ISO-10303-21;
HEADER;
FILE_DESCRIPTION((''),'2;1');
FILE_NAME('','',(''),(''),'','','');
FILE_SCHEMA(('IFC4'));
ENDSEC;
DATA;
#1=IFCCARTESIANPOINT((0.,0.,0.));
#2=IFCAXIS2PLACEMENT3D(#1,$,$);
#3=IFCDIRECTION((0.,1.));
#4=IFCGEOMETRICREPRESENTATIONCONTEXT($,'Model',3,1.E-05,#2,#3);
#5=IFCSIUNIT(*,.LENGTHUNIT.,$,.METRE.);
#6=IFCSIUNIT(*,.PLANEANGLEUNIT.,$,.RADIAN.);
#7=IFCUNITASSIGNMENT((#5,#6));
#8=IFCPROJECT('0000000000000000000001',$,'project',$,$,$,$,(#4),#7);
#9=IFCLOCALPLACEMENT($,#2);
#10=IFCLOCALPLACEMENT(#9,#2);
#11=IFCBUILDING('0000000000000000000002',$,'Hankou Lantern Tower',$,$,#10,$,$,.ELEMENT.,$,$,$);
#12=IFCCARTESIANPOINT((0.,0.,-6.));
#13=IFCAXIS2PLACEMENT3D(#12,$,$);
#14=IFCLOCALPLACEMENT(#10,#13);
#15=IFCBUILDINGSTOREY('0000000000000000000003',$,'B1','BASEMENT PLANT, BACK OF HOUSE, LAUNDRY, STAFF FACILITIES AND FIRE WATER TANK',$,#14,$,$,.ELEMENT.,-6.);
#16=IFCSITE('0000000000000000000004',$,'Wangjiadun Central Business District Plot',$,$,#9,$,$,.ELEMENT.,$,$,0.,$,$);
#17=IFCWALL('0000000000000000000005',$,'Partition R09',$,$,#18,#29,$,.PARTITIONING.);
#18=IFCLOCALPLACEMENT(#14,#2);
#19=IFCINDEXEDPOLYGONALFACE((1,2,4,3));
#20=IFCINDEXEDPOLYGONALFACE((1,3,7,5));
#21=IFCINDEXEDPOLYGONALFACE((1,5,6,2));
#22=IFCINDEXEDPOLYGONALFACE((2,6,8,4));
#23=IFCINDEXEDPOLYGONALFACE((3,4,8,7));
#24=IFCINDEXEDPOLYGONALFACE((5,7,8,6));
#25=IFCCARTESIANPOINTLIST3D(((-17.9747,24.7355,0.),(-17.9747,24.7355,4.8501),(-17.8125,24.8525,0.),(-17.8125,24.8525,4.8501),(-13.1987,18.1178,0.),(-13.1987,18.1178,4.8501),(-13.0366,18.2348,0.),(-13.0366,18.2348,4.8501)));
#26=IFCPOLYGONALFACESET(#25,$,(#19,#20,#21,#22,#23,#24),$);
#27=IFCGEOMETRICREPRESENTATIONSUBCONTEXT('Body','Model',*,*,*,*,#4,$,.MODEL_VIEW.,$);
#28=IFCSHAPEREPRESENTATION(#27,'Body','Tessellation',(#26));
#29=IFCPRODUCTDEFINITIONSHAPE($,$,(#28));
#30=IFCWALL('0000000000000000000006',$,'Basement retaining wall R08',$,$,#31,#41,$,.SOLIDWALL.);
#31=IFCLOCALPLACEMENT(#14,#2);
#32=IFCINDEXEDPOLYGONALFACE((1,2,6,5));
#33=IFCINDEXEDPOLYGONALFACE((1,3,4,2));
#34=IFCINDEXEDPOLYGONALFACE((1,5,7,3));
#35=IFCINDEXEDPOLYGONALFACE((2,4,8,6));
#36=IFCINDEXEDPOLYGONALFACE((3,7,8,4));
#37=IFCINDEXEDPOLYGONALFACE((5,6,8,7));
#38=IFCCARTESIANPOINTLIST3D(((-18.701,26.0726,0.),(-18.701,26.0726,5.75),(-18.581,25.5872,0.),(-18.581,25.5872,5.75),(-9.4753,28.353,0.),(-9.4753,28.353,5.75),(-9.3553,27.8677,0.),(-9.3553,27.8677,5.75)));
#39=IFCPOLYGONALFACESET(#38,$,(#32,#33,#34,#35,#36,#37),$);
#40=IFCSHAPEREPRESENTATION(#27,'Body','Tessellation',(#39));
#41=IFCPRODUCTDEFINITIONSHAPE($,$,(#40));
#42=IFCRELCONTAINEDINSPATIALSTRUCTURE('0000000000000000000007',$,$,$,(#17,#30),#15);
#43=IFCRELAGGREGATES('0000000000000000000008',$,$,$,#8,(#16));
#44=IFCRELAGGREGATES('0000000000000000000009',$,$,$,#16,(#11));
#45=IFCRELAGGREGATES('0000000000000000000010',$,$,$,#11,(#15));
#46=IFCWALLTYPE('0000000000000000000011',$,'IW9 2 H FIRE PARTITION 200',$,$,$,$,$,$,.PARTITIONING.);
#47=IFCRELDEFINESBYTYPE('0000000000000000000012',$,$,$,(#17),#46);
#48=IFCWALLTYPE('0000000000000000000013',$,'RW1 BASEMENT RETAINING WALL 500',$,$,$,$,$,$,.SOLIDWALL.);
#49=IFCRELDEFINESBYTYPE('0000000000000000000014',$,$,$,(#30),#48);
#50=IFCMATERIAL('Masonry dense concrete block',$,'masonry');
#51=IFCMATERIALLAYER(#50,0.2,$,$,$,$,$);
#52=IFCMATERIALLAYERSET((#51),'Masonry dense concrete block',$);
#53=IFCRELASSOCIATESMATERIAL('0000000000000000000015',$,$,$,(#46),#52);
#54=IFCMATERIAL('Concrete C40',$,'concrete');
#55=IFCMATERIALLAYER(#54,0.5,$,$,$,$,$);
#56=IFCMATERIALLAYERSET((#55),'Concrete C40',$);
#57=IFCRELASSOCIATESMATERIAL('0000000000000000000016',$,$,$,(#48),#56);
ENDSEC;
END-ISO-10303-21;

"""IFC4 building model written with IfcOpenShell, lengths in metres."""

from ifc_helpers import new_model, si_unit, direction, frame, frame_2d, origin, place, context, subcontext, project, spatial, rectangle, extrude, material, layer, layer_set, type_object, element, save


model = new_model("IFC4")

# Units and contexts
model_context = context("Model", 3, precision=1e-05, world=origin(), true_north=direction((0.0, 1.0)))
body_context = subcontext(model_context, "Body", "Model", "MODEL_VIEW")
ifc_project = project(units=[si_unit("LENGTHUNIT", "METRE"), si_unit("PLANEANGLEUNIT", "RADIAN")], contexts=[model_context])

# Site, building, storey
site_placement = place(None, origin())
site = spatial("IfcSite", under=ifc_project, at=site_placement, Name="Wangjiadun Central Business District Plot", CompositionType="ELEMENT", RefElevation=0.0)
building_placement = place(site_placement, origin())
building = spatial("IfcBuilding", under=site, at=building_placement, Name="Hankou Lantern Tower", CompositionType="ELEMENT")
storey_placement = place(building_placement, frame((0.0, 0.0, -6.0)))
storey = spatial("IfcBuildingStorey", under=building, at=storey_placement, Name="B1", Description="BASEMENT PLANT, BACK OF HOUSE, LAUNDRY, STAFF FACILITIES AND FIRE WATER TANK", CompositionType="ELEMENT", Elevation=-6.0)

# Shared definitions
ifc_material_1 = material(Name="Masonry dense concrete block", Category="masonry")
ifc_layer_1 = layer(ifc_material_1, 0.2)
ifc_layer_set_1 = layer_set([ifc_layer_1], Name="Masonry dense concrete block")
wall_type_1 = type_object("IfcWallType", Name="IW9 2 H FIRE PARTITION 200", PredefinedType="PARTITIONING", material=ifc_layer_set_1)

# Walls
wall_1_placement = place(storey_placement, frame((-13.1177, 18.1763, 0.0), z_axis=(0.0, 0.0, 1.0), x_axis=(-0.585204, 0.810886, 0.0)))
element("IfcWall", 1, at=wall_1_placement, inside=storey, type_object=wall_type_1, Name="Partition R09", PredefinedType="PARTITIONING", context=body_context, shape_type="SweptSolid", body=[
    extrude(rectangle(XDim=8.1611, YDim=0.2, at=frame_2d((4.0806, 0.0))), origin(), (0.0, 0.0, 1.0), 4.8501),
])
ifc_material_2 = material(Name="Concrete C40", Category="concrete")
ifc_layer_2 = layer(ifc_material_2, 0.5)
ifc_layer_set_2 = layer_set([ifc_layer_2], Name="Concrete C40")
wall_type_2 = type_object("IfcWallType", Name="RW1 BASEMENT RETAINING WALL 500", PredefinedType="SOLIDWALL", material=ifc_layer_set_2)
wall_2_placement = place(storey_placement, frame((-9.4153, 28.1104, 0.0), z_axis=(0.0, 0.0, 1.0), x_axis=(-0.970781, -0.239966, 0.0)))
element("IfcWall", 2, at=wall_2_placement, inside=storey, type_object=wall_type_2, Name="Basement retaining wall R08", PredefinedType="SOLIDWALL", context=body_context, shape_type="SweptSolid", body=[
    extrude(rectangle(XDim=9.5034, YDim=0.5, at=frame_2d((4.7517, 0.0))), origin(), (0.0, 0.0, 1.0), 5.75),
])

save(model, "model.ifc")
